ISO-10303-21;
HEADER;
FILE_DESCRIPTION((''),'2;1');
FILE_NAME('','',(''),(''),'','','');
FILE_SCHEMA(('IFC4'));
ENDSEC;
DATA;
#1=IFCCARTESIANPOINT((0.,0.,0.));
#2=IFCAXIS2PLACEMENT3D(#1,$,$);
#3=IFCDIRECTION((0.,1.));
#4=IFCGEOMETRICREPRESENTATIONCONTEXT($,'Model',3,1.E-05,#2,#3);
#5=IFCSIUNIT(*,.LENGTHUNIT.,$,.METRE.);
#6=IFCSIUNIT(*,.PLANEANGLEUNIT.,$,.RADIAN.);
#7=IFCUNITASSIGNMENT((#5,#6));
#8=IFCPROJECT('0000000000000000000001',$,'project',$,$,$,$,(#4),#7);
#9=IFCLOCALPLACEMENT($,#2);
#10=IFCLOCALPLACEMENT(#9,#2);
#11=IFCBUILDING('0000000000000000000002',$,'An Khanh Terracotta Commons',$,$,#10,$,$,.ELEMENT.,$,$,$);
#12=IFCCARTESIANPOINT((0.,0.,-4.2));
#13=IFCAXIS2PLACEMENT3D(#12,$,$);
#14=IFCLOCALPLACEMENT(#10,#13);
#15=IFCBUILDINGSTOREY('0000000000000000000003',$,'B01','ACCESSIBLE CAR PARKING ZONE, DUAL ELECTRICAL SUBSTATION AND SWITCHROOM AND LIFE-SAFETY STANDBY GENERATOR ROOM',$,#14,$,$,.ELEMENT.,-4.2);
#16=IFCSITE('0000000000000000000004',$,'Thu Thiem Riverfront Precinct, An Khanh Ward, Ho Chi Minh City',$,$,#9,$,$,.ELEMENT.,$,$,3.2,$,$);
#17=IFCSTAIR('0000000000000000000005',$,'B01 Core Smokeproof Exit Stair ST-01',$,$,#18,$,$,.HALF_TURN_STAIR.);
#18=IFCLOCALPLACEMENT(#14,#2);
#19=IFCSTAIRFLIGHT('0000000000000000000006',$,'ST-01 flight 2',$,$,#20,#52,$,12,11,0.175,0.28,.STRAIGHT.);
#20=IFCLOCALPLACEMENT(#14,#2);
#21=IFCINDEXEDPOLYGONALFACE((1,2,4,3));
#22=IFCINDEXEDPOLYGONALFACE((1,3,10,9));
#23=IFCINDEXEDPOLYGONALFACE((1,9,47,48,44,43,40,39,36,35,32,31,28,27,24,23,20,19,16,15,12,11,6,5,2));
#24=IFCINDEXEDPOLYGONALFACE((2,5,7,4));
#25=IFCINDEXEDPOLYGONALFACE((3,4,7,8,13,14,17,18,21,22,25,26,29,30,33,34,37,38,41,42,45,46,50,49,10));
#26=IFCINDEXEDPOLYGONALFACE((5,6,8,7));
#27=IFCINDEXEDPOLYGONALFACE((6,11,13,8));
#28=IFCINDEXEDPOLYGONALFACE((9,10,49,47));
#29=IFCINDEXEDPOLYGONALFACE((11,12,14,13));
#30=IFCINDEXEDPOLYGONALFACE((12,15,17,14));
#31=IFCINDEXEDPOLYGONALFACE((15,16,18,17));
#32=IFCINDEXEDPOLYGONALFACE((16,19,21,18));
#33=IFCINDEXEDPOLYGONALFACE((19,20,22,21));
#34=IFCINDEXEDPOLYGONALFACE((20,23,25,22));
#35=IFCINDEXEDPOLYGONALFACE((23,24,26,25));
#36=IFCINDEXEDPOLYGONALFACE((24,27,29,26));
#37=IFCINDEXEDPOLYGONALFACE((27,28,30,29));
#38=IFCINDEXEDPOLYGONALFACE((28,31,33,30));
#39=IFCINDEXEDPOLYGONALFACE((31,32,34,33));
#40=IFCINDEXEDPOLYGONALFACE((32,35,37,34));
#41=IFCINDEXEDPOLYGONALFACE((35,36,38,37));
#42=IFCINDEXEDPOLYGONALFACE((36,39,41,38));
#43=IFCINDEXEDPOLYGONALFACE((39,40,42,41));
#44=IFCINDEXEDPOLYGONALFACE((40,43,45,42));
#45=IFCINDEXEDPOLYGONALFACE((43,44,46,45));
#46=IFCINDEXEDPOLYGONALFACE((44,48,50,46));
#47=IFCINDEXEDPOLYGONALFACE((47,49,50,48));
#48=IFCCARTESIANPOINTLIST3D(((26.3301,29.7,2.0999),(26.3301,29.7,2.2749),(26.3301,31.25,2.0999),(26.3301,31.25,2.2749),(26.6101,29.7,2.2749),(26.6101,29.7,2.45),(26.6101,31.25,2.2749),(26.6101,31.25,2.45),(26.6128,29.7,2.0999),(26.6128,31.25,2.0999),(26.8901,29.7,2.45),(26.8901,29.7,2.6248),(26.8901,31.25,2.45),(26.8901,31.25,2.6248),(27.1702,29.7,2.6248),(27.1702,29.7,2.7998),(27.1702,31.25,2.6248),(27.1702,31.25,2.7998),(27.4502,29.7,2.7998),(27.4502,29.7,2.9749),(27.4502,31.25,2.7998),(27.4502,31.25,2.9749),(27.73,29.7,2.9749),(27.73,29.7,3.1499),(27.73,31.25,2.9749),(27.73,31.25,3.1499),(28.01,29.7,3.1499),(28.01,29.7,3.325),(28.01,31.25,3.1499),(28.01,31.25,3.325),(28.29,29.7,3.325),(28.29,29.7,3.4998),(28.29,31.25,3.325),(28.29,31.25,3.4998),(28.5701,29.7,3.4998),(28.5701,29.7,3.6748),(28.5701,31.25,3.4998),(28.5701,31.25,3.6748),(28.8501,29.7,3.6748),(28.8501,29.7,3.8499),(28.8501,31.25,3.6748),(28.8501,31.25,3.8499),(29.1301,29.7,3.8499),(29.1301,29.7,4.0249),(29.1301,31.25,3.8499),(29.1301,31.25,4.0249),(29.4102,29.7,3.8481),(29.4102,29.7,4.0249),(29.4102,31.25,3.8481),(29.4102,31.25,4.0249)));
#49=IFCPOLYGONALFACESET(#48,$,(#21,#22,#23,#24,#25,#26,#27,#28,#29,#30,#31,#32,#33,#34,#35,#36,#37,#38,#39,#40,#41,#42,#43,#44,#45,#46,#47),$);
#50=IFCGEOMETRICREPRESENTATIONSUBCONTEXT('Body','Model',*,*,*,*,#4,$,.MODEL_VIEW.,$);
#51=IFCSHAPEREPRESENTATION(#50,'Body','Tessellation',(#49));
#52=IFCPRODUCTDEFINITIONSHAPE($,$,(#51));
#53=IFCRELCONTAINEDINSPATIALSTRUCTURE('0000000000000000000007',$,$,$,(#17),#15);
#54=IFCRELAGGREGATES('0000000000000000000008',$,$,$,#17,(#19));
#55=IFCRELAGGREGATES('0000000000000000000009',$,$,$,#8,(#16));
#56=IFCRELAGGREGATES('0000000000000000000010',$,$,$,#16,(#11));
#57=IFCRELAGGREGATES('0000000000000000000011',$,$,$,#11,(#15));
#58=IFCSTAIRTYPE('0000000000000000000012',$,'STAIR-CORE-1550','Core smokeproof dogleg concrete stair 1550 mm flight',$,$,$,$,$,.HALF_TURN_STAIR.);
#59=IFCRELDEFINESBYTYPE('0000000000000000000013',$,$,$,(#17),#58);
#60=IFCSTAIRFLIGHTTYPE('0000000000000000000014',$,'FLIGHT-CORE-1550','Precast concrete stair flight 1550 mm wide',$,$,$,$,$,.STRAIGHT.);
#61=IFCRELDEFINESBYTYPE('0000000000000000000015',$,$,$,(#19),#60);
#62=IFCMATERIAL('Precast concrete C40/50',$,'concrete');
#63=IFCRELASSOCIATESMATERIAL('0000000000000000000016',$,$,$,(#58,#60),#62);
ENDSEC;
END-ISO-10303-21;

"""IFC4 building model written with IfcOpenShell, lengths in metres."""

from ifc_helpers import new_model, si_unit, direction, frame, origin, place, context, subcontext, project, spatial, polyline, outline, extrude, material, type_object, element, aggregate, save


model = new_model("IFC4")

# Units and contexts
model_context = context("Model", 3, precision=1e-05, world=origin(), true_north=direction((0.0, 1.0)))
body_context = subcontext(model_context, "Body", "Model", "MODEL_VIEW")
ifc_project = project(units=[si_unit("LENGTHUNIT", "METRE"), si_unit("PLANEANGLEUNIT", "RADIAN")], contexts=[model_context])

# Site, building, storey
site_placement = place(None, origin())
site = spatial("IfcSite", under=ifc_project, at=site_placement, Name="Thu Thiem Riverfront Precinct, An Khanh Ward, Ho Chi Minh City", CompositionType="ELEMENT", RefElevation=3.2)
building_placement = place(site_placement, origin())
building = spatial("IfcBuilding", under=site, at=building_placement, Name="An Khanh Terracotta Commons", CompositionType="ELEMENT")
storey_placement = place(building_placement, frame((0.0, 0.0, -4.2)))
storey = spatial("IfcBuildingStorey", under=building, at=storey_placement, Name="B01", Description="ACCESSIBLE CAR PARKING ZONE, DUAL ELECTRICAL SUBSTATION AND SWITCHROOM AND LIFE-SAFETY STANDBY GENERATOR ROOM", CompositionType="ELEMENT", Elevation=-4.2)

# Stair, stair flight
ifc_material_1 = material(Name="Precast concrete C40/50", Category="concrete")
stair_type = type_object("IfcStairType", Name="STAIR-CORE-1550", Description="Core smokeproof dogleg concrete stair 1550 mm flight", PredefinedType="HALF_TURN_STAIR", material=ifc_material_1)
stair_placement = place(storey_placement, origin())
stair = element("IfcStair", 1, at=stair_placement, inside=storey, type_object=stair_type, Name="B01 Core Smokeproof Exit Stair ST-01", PredefinedType="HALF_TURN_STAIR")
stair_flight_type = type_object("IfcStairFlightType", Name="FLIGHT-CORE-1550", Description="Precast concrete stair flight 1550 mm wide", PredefinedType="STRAIGHT", material=ifc_material_1)
stair_flight_1_placement = place(storey_placement, frame((26.3301, 30.4751, 2.0999), z_axis=(0.0, 0.0, 1.0), x_axis=(1.0, 0.0, 0.0)))
stair_flight_1 = element("IfcStairFlight", 2, at=stair_flight_1_placement, type_object=stair_flight_type, Name="ST-01 flight 2", NumberOfRisers=12, NumberOfTreads=11, PredefinedType="STRAIGHT", RiserHeight=0.175, TreadLength=0.28, context=body_context, shape_type="SweptSolid", body=[
    extrude(outline(polyline([(0.0, 0.0), (0.0, 0.175), (0.28, 0.175), (0.28, 0.3501), (0.5601, 0.3501), (0.5601, 0.5249), (0.8401, 0.5249), (0.8401, 0.7), (1.1201, 0.7), (1.1201, 0.875), (1.3999, 0.875), (1.3999, 1.05), (1.6799, 1.05), (1.6799, 1.2251), (1.96, 1.2251), (1.96, 1.3999), (2.24, 1.3999), (2.24, 1.575), (2.52, 1.575), (2.52, 1.75), (2.8, 1.75), (2.8, 1.925), (3.0801, 1.925), (3.0801, 2.1001), (3.0801, 1.7483), (0.2827, 0.0), (0.0, 0.0)])), frame((0.0, 0.7749, 0.0), z_axis=(0.0, -1.0, 0.0), x_axis=(1.0, 0.0, 0.0)), (0.0, 0.0, 1.0), 1.55),
])
aggregate(stair, [stair_flight_1])

save(model, "model.ifc")
